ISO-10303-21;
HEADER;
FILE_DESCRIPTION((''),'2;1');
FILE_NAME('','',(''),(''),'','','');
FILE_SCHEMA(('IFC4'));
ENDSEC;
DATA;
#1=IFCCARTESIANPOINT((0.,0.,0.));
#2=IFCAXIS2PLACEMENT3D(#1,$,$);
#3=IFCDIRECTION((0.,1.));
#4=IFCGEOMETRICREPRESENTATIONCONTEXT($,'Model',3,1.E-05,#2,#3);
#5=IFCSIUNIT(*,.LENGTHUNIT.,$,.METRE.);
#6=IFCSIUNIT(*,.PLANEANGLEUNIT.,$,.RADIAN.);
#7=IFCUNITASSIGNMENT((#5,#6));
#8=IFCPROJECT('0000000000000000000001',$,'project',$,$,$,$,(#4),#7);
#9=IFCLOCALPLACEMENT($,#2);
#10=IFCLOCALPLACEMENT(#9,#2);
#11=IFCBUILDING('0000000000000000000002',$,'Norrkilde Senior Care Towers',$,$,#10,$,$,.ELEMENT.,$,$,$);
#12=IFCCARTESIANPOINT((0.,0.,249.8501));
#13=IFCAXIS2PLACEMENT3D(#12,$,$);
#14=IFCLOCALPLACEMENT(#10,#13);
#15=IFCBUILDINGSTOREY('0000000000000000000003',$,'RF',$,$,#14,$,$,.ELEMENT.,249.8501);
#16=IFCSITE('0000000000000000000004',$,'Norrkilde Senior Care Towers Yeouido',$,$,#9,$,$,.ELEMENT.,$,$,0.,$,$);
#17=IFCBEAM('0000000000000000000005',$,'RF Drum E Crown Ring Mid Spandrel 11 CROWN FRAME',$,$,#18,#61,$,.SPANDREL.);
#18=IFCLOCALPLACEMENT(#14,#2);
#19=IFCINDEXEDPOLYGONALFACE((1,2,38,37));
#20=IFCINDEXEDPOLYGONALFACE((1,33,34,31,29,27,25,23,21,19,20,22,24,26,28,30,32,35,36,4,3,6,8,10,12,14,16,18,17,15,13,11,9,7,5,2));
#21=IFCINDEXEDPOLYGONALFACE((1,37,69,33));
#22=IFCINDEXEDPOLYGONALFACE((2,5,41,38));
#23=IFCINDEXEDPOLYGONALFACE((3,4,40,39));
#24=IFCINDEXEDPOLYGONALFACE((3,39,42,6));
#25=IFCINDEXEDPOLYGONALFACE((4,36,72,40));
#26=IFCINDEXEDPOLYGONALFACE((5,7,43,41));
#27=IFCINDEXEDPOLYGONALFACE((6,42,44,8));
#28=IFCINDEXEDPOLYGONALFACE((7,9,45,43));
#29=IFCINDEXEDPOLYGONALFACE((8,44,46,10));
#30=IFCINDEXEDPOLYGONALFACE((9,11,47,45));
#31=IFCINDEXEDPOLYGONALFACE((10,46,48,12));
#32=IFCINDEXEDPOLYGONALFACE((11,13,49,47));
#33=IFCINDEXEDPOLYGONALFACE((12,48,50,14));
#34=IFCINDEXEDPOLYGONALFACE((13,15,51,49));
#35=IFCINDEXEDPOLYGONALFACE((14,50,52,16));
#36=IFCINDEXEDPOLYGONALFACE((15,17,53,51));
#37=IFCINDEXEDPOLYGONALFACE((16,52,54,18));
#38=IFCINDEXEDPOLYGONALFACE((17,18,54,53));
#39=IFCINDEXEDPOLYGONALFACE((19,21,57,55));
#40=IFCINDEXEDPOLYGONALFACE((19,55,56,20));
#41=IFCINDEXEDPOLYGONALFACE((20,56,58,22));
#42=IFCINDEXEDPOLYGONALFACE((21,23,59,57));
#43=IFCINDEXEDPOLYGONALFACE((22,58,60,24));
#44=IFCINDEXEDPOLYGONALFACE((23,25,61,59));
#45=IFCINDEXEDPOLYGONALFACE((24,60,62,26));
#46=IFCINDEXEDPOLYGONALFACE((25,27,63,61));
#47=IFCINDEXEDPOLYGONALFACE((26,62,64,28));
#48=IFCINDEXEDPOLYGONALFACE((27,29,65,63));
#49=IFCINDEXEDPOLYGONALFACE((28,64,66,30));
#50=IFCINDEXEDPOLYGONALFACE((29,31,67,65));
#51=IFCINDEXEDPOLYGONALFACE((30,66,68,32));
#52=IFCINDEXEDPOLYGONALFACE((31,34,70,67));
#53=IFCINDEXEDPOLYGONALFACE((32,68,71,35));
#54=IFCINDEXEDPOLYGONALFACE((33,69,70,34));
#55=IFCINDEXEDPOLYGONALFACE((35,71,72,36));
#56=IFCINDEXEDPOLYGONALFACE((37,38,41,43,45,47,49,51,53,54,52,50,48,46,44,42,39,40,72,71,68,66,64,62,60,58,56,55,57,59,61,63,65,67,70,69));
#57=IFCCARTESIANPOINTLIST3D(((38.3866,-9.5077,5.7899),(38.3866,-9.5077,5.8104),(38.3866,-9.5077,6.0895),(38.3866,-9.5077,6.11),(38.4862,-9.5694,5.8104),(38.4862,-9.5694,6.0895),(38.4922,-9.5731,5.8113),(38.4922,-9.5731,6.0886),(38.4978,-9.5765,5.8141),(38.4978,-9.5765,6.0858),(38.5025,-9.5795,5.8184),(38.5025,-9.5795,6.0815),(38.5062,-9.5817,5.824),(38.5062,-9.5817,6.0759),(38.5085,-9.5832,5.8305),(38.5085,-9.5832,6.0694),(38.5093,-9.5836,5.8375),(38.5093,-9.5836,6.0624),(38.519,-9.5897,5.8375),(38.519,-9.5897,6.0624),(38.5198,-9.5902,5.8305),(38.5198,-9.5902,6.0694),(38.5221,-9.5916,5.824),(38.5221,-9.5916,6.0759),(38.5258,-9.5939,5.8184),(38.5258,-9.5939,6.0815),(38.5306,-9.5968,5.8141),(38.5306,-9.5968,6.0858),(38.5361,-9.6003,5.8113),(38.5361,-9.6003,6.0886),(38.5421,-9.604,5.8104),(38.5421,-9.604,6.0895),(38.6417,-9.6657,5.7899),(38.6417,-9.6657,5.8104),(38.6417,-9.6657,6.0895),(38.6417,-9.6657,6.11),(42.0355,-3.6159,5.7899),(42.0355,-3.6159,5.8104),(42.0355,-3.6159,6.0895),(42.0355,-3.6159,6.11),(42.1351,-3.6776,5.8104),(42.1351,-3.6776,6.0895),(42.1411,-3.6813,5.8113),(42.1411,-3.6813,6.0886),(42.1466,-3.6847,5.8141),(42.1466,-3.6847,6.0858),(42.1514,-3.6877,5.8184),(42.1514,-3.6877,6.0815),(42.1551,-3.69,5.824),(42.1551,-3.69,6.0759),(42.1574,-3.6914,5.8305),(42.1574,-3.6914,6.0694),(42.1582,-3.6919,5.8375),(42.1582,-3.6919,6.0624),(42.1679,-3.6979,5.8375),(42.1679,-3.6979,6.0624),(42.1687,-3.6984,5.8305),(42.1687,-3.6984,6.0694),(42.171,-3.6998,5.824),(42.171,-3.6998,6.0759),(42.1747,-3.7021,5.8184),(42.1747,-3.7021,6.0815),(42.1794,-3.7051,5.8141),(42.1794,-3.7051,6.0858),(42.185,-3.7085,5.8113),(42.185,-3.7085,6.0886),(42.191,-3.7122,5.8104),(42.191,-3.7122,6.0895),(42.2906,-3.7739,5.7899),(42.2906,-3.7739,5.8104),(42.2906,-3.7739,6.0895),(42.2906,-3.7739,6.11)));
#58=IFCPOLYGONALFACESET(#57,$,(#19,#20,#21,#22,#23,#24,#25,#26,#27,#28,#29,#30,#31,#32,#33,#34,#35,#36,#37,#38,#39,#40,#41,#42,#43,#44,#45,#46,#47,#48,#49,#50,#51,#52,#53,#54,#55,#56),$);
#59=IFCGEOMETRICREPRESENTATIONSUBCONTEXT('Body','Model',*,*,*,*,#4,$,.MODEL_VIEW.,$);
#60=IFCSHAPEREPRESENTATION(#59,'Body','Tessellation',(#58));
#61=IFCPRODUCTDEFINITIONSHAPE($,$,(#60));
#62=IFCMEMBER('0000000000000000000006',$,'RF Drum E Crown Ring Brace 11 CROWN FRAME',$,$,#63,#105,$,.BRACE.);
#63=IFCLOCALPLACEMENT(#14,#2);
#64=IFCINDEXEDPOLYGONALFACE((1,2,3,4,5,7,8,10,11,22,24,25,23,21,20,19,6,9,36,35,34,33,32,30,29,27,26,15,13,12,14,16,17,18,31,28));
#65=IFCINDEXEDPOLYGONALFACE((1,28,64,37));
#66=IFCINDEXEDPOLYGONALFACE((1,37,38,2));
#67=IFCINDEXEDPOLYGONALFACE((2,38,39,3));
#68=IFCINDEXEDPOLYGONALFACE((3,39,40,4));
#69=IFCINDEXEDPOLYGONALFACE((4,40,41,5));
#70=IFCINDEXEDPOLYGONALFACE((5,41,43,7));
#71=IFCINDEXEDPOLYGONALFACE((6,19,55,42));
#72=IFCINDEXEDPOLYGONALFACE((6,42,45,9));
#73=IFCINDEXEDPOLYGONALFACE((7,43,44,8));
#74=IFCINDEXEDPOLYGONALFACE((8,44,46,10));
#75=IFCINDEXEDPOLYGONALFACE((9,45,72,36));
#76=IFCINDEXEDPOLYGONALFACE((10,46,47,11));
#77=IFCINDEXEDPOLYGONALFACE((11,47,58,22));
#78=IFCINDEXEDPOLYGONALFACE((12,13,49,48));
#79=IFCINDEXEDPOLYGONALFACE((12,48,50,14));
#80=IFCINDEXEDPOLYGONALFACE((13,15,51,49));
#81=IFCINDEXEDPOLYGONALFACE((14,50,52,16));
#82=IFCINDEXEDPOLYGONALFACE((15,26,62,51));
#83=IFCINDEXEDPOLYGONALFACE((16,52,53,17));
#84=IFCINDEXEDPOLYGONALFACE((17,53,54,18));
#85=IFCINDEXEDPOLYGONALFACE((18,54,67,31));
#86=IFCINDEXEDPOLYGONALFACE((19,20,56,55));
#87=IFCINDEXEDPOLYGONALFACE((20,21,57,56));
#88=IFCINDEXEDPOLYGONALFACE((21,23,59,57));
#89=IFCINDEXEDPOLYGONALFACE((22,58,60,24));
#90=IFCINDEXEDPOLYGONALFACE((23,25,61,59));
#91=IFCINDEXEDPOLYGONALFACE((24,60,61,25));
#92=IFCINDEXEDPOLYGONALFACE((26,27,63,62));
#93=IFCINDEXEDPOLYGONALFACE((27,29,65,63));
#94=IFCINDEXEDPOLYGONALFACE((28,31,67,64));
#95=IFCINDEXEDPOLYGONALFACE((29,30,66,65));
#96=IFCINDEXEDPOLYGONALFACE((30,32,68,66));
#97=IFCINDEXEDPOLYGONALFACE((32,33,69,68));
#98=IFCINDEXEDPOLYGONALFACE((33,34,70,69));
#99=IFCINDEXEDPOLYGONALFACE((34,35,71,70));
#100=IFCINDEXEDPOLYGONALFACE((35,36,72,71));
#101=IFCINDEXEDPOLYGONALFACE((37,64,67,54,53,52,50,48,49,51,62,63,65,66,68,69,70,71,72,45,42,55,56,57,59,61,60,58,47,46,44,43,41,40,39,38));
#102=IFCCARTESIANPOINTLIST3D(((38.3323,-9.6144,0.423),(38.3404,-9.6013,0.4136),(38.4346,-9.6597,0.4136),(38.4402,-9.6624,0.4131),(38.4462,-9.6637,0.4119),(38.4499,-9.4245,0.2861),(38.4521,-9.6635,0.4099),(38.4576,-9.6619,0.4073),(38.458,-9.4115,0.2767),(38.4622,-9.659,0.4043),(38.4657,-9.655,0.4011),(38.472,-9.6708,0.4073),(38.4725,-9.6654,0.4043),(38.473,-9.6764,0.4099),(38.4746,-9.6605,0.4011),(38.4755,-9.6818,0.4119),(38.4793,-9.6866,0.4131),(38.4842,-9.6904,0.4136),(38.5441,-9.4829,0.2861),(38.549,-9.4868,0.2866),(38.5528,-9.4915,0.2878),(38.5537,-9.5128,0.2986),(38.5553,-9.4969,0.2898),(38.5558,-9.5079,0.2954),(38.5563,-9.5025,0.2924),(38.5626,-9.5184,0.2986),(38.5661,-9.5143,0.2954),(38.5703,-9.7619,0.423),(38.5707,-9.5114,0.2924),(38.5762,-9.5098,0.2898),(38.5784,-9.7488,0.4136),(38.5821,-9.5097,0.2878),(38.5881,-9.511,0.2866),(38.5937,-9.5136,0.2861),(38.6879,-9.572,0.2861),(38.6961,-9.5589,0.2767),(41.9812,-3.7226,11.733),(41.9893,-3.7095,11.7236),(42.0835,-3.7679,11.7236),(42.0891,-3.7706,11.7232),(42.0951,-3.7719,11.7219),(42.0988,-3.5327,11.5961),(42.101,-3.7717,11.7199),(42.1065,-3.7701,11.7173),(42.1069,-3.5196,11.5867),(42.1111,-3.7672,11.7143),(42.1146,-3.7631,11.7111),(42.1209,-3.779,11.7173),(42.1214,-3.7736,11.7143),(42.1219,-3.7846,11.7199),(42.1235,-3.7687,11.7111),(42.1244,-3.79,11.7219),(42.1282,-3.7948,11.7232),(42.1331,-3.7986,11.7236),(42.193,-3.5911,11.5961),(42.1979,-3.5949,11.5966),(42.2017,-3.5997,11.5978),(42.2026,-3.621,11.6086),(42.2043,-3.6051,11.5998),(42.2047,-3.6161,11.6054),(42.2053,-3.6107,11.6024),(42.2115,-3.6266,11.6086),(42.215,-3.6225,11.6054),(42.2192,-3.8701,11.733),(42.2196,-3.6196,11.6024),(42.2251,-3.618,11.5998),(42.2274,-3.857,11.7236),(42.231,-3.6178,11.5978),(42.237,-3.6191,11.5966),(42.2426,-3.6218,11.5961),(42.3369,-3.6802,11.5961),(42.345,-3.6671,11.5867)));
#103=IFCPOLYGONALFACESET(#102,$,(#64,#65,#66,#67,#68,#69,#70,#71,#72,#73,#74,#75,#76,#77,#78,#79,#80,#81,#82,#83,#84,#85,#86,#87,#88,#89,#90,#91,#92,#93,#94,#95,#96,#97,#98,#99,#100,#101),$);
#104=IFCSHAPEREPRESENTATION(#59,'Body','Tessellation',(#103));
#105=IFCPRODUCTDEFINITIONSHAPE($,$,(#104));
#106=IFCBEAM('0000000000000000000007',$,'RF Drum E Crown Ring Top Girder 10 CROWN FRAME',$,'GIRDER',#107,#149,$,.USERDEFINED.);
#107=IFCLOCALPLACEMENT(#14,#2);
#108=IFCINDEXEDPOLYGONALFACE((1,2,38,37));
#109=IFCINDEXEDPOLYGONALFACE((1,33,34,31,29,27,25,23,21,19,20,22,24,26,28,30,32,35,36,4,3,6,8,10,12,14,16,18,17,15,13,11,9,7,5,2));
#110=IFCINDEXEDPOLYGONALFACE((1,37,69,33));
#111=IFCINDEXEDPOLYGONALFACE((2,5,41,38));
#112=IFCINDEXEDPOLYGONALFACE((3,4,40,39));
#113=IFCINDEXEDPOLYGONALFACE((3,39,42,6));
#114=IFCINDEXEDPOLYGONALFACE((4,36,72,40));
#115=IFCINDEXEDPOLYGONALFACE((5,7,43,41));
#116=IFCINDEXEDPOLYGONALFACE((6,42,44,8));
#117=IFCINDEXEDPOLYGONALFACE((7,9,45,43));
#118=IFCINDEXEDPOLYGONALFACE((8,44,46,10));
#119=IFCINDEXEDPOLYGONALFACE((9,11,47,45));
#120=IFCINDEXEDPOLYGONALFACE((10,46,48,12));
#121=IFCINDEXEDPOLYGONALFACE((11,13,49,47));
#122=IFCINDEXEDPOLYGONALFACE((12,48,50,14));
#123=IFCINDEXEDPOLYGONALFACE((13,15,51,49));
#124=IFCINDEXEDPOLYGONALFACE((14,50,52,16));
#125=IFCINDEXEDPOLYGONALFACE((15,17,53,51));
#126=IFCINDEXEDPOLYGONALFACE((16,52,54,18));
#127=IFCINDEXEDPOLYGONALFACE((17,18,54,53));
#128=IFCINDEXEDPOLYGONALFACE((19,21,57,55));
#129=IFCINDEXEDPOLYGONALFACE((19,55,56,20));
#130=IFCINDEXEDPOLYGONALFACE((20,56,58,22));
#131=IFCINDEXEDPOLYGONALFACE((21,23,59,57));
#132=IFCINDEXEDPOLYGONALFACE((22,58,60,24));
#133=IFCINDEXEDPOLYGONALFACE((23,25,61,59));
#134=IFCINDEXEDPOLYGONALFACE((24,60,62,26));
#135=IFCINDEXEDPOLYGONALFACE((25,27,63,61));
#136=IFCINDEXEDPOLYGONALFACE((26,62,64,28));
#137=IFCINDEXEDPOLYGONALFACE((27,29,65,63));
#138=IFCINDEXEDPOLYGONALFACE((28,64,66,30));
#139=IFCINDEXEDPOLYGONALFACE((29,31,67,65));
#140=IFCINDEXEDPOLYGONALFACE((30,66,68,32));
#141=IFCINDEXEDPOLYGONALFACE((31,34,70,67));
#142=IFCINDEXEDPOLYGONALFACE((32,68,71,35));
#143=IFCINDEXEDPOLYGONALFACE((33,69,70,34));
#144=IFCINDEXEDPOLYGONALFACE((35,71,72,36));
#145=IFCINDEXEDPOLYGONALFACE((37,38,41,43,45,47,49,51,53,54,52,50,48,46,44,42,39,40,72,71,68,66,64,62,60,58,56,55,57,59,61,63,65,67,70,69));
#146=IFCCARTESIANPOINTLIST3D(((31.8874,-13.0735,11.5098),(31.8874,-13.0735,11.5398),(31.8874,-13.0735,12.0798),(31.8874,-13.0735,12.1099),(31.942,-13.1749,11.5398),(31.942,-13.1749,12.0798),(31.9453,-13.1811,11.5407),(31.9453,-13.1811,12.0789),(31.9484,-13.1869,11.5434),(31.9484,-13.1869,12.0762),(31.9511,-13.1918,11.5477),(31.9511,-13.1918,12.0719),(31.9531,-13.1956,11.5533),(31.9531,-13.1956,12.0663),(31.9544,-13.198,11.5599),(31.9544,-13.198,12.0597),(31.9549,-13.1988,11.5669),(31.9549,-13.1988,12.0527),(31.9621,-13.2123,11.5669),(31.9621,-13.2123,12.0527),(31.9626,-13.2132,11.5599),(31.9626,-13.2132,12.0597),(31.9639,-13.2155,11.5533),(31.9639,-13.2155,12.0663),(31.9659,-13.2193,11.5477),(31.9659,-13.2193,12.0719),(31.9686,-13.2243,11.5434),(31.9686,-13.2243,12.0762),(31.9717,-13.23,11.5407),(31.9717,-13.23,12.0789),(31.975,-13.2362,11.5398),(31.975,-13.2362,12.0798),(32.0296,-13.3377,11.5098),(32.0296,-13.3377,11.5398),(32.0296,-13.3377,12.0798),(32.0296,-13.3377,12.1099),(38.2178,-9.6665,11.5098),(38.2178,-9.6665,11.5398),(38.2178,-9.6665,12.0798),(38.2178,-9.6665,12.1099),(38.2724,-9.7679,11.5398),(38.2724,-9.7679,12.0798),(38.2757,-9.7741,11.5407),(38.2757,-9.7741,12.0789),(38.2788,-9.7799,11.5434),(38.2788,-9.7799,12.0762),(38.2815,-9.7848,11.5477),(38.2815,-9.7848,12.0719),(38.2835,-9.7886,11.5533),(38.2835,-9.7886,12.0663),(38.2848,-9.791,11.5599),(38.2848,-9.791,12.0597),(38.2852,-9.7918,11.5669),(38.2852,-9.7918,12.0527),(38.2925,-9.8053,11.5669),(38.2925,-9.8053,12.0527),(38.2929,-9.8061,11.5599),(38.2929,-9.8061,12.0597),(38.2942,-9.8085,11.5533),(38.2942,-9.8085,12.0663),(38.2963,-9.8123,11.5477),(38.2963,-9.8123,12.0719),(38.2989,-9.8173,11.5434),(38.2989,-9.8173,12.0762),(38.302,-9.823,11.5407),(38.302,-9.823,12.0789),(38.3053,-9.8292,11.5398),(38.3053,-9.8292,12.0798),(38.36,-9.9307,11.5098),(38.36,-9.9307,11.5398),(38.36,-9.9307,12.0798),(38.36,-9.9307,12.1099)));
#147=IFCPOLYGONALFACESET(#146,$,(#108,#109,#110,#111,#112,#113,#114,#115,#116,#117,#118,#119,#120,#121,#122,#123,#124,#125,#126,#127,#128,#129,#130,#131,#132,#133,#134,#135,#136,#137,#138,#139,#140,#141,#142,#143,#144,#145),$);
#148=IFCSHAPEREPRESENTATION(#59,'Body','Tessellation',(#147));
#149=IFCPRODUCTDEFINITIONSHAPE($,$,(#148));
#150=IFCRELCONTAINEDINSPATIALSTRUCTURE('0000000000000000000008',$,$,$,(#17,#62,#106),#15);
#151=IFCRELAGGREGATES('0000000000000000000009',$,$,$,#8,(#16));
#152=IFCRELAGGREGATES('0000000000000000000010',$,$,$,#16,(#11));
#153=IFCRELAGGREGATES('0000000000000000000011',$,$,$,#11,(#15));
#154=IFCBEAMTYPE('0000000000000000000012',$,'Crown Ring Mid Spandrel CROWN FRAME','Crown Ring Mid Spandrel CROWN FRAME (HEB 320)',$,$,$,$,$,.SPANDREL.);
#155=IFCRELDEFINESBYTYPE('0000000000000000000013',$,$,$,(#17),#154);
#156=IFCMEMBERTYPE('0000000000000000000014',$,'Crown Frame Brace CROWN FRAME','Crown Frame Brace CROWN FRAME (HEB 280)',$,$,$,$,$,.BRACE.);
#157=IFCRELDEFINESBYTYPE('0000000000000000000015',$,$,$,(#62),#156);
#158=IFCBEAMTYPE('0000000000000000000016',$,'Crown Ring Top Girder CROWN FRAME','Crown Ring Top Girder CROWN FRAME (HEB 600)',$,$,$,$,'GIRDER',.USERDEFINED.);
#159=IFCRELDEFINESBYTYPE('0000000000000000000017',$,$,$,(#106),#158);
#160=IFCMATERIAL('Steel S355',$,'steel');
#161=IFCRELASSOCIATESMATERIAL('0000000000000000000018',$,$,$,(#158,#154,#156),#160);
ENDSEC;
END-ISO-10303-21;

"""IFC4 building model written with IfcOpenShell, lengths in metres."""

from ifc_helpers import new_model, si_unit, direction, frame, origin, origin_2d, place, context, subcontext, project, spatial, i_section, extrude, source, transform, mapped, material, material_profile, profile_set, type_object, type_shapes, element, save


model = new_model("IFC4")

# Units and contexts
model_context = context("Model", 3, precision=1e-05, world=origin(), true_north=direction((0.0, 1.0)))
body_context = subcontext(model_context, "Body", "Model", "MODEL_VIEW")
ifc_project = project(units=[si_unit("LENGTHUNIT", "METRE"), si_unit("PLANEANGLEUNIT", "RADIAN")], contexts=[model_context])

# Site, building, storey
site_placement = place(None, origin())
site = spatial("IfcSite", under=ifc_project, at=site_placement, Name="Norrkilde Senior Care Towers Yeouido", CompositionType="ELEMENT", RefElevation=0.0)
building_placement = place(site_placement, origin())
building = spatial("IfcBuilding", under=site, at=building_placement, Name="Norrkilde Senior Care Towers", CompositionType="ELEMENT")
storey_placement = place(building_placement, frame((0.0, 0.0, 249.8501)))
storey = spatial("IfcBuildingStorey", under=building, at=storey_placement, Name="RF", CompositionType="ELEMENT", Elevation=249.8501)

# Shared definitions
ifc_material_1 = material(Name="Steel S355", Category="steel")

# Beam
ifc_material_profile_1 = material_profile(ifc_material_1, i_section(OverallWidth=0.3, OverallDepth=0.6001, WebThickness=0.0154, FlangeThickness=0.03, FilletRadius=0.0271, at=origin_2d()), Name="HEB 600")
ifc_profile_set_1 = profile_set([ifc_material_profile_1], Name="Steel S355")
beam_type_1 = type_object("IfcBeamType", Name="Crown Ring Top Girder CROWN FRAME", Description="Crown Ring Top Girder CROWN FRAME (HEB 600)", ElementType="GIRDER", PredefinedType="USERDEFINED", material=ifc_profile_set_1)
ifc_material_profile_2 = material_profile(ifc_material_1, i_section(OverallWidth=0.3, OverallDepth=0.3201, WebThickness=0.0115, FlangeThickness=0.0205, FilletRadius=0.0271, at=origin_2d()), Name="HEB 320")
ifc_profile_set_2 = profile_set([ifc_material_profile_2], Name="Steel S355")
beam_type_2 = type_object("IfcBeamType", Name="Crown Ring Mid Spandrel CROWN FRAME", Description="Crown Ring Mid Spandrel CROWN FRAME (HEB 320)", PredefinedType="SPANDREL", material=ifc_profile_set_2)
shared_shape_1 = source(origin(), body_context, "Body", "SweptSolid", [
    extrude(i_section(OverallWidth=0.3, OverallDepth=0.3201, WebThickness=0.0115, FlangeThickness=0.0205, FilletRadius=0.0271, at=origin_2d()), origin(), (0.0, 0.0, 1.0), 6.9302),
])
beam_1_placement = place(storey_placement, frame((38.5142, -9.5867, 5.95), z_axis=(0.526521, 0.850162, 0.0), x_axis=(-0.850162, 0.526521, 0.0)))
element("IfcBeam", 1, at=beam_1_placement, inside=storey, type_object=beam_type_2, Name="RF Drum E Crown Ring Mid Spandrel 11 CROWN FRAME", PredefinedType="SPANDREL", context=body_context, shape_type="MappedRepresentation", body=[
    mapped(shared_shape_1, transform((0.0, 0.0, 0.0), x_axis=(1.0, 0.0, 0.0), y_axis=(0.0, 1.0, 0.0), z_axis=(0.0, 0.0, 1.0), scale=1.0)),
])

# Member
ifc_material_profile_3 = material_profile(ifc_material_1, i_section(OverallWidth=0.28, OverallDepth=0.28, WebThickness=0.0105, FlangeThickness=0.0181, FilletRadius=0.0239, at=origin_2d()), Name="HEB 280")
ifc_profile_set_3 = profile_set([ifc_material_profile_3], Name="Steel S355")
member_type_1 = type_object("IfcMemberType", Name="Crown Frame Brace CROWN FRAME", Description="Crown Frame Brace CROWN FRAME (HEB 280)", PredefinedType="BRACE", material=ifc_profile_set_3)
shared_shape_2 = source(origin(), body_context, "Body", "SweptSolid", [
    extrude(i_section(OverallWidth=0.28, OverallDepth=0.28, WebThickness=0.0105, FlangeThickness=0.0181, FilletRadius=0.0239, at=origin_2d()), origin(), (0.0, 0.0, 1.0), 13.2644),
])
type_shapes(member_type_1, [shared_shape_2])
member_1_placement = place(storey_placement, frame((38.5142, -9.5867, 0.3499), z_axis=(0.27509, 0.444183, 0.852659), x_axis=(-0.850162, 0.526521, 0.0)))
element("IfcMember", 2, at=member_1_placement, inside=storey, type_object=member_type_1, Name="RF Drum E Crown Ring Brace 11 CROWN FRAME", PredefinedType="BRACE", context=body_context, shape_type="MappedRepresentation", body=[
    mapped(shared_shape_2, transform((0.0, 0.0, 0.0), x_axis=(1.0, 0.0, 0.0), y_axis=(0.0, 1.0, 0.0), z_axis=(0.0, 0.0, 1.0), scale=1.0)),
])

# Beam
shared_shape_3 = source(origin(), body_context, "Body", "SweptSolid", [
    extrude(i_section(OverallWidth=0.3, OverallDepth=0.6001, WebThickness=0.0154, FlangeThickness=0.03, FilletRadius=0.0271, at=origin_2d()), origin(), (0.0, 0.0, 1.0), 7.189),
])
beam_2_placement = place(storey_placement, frame((31.9585, -13.2056, 11.8098), z_axis=(0.880567, 0.473922, 0.0), x_axis=(-0.473922, 0.880567, 0.0)))
element("IfcBeam", 3, at=beam_2_placement, inside=storey, type_object=beam_type_1, Name="RF Drum E Crown Ring Top Girder 10 CROWN FRAME", ObjectType="GIRDER", PredefinedType="USERDEFINED", context=body_context, shape_type="MappedRepresentation", body=[
    mapped(shared_shape_3, transform((0.0, 0.0, 0.0), x_axis=(1.0, 0.0, 0.0), y_axis=(0.0, 1.0, 0.0), z_axis=(0.0, 0.0, 1.0), scale=1.0)),
])

save(model, "model.ifc")
